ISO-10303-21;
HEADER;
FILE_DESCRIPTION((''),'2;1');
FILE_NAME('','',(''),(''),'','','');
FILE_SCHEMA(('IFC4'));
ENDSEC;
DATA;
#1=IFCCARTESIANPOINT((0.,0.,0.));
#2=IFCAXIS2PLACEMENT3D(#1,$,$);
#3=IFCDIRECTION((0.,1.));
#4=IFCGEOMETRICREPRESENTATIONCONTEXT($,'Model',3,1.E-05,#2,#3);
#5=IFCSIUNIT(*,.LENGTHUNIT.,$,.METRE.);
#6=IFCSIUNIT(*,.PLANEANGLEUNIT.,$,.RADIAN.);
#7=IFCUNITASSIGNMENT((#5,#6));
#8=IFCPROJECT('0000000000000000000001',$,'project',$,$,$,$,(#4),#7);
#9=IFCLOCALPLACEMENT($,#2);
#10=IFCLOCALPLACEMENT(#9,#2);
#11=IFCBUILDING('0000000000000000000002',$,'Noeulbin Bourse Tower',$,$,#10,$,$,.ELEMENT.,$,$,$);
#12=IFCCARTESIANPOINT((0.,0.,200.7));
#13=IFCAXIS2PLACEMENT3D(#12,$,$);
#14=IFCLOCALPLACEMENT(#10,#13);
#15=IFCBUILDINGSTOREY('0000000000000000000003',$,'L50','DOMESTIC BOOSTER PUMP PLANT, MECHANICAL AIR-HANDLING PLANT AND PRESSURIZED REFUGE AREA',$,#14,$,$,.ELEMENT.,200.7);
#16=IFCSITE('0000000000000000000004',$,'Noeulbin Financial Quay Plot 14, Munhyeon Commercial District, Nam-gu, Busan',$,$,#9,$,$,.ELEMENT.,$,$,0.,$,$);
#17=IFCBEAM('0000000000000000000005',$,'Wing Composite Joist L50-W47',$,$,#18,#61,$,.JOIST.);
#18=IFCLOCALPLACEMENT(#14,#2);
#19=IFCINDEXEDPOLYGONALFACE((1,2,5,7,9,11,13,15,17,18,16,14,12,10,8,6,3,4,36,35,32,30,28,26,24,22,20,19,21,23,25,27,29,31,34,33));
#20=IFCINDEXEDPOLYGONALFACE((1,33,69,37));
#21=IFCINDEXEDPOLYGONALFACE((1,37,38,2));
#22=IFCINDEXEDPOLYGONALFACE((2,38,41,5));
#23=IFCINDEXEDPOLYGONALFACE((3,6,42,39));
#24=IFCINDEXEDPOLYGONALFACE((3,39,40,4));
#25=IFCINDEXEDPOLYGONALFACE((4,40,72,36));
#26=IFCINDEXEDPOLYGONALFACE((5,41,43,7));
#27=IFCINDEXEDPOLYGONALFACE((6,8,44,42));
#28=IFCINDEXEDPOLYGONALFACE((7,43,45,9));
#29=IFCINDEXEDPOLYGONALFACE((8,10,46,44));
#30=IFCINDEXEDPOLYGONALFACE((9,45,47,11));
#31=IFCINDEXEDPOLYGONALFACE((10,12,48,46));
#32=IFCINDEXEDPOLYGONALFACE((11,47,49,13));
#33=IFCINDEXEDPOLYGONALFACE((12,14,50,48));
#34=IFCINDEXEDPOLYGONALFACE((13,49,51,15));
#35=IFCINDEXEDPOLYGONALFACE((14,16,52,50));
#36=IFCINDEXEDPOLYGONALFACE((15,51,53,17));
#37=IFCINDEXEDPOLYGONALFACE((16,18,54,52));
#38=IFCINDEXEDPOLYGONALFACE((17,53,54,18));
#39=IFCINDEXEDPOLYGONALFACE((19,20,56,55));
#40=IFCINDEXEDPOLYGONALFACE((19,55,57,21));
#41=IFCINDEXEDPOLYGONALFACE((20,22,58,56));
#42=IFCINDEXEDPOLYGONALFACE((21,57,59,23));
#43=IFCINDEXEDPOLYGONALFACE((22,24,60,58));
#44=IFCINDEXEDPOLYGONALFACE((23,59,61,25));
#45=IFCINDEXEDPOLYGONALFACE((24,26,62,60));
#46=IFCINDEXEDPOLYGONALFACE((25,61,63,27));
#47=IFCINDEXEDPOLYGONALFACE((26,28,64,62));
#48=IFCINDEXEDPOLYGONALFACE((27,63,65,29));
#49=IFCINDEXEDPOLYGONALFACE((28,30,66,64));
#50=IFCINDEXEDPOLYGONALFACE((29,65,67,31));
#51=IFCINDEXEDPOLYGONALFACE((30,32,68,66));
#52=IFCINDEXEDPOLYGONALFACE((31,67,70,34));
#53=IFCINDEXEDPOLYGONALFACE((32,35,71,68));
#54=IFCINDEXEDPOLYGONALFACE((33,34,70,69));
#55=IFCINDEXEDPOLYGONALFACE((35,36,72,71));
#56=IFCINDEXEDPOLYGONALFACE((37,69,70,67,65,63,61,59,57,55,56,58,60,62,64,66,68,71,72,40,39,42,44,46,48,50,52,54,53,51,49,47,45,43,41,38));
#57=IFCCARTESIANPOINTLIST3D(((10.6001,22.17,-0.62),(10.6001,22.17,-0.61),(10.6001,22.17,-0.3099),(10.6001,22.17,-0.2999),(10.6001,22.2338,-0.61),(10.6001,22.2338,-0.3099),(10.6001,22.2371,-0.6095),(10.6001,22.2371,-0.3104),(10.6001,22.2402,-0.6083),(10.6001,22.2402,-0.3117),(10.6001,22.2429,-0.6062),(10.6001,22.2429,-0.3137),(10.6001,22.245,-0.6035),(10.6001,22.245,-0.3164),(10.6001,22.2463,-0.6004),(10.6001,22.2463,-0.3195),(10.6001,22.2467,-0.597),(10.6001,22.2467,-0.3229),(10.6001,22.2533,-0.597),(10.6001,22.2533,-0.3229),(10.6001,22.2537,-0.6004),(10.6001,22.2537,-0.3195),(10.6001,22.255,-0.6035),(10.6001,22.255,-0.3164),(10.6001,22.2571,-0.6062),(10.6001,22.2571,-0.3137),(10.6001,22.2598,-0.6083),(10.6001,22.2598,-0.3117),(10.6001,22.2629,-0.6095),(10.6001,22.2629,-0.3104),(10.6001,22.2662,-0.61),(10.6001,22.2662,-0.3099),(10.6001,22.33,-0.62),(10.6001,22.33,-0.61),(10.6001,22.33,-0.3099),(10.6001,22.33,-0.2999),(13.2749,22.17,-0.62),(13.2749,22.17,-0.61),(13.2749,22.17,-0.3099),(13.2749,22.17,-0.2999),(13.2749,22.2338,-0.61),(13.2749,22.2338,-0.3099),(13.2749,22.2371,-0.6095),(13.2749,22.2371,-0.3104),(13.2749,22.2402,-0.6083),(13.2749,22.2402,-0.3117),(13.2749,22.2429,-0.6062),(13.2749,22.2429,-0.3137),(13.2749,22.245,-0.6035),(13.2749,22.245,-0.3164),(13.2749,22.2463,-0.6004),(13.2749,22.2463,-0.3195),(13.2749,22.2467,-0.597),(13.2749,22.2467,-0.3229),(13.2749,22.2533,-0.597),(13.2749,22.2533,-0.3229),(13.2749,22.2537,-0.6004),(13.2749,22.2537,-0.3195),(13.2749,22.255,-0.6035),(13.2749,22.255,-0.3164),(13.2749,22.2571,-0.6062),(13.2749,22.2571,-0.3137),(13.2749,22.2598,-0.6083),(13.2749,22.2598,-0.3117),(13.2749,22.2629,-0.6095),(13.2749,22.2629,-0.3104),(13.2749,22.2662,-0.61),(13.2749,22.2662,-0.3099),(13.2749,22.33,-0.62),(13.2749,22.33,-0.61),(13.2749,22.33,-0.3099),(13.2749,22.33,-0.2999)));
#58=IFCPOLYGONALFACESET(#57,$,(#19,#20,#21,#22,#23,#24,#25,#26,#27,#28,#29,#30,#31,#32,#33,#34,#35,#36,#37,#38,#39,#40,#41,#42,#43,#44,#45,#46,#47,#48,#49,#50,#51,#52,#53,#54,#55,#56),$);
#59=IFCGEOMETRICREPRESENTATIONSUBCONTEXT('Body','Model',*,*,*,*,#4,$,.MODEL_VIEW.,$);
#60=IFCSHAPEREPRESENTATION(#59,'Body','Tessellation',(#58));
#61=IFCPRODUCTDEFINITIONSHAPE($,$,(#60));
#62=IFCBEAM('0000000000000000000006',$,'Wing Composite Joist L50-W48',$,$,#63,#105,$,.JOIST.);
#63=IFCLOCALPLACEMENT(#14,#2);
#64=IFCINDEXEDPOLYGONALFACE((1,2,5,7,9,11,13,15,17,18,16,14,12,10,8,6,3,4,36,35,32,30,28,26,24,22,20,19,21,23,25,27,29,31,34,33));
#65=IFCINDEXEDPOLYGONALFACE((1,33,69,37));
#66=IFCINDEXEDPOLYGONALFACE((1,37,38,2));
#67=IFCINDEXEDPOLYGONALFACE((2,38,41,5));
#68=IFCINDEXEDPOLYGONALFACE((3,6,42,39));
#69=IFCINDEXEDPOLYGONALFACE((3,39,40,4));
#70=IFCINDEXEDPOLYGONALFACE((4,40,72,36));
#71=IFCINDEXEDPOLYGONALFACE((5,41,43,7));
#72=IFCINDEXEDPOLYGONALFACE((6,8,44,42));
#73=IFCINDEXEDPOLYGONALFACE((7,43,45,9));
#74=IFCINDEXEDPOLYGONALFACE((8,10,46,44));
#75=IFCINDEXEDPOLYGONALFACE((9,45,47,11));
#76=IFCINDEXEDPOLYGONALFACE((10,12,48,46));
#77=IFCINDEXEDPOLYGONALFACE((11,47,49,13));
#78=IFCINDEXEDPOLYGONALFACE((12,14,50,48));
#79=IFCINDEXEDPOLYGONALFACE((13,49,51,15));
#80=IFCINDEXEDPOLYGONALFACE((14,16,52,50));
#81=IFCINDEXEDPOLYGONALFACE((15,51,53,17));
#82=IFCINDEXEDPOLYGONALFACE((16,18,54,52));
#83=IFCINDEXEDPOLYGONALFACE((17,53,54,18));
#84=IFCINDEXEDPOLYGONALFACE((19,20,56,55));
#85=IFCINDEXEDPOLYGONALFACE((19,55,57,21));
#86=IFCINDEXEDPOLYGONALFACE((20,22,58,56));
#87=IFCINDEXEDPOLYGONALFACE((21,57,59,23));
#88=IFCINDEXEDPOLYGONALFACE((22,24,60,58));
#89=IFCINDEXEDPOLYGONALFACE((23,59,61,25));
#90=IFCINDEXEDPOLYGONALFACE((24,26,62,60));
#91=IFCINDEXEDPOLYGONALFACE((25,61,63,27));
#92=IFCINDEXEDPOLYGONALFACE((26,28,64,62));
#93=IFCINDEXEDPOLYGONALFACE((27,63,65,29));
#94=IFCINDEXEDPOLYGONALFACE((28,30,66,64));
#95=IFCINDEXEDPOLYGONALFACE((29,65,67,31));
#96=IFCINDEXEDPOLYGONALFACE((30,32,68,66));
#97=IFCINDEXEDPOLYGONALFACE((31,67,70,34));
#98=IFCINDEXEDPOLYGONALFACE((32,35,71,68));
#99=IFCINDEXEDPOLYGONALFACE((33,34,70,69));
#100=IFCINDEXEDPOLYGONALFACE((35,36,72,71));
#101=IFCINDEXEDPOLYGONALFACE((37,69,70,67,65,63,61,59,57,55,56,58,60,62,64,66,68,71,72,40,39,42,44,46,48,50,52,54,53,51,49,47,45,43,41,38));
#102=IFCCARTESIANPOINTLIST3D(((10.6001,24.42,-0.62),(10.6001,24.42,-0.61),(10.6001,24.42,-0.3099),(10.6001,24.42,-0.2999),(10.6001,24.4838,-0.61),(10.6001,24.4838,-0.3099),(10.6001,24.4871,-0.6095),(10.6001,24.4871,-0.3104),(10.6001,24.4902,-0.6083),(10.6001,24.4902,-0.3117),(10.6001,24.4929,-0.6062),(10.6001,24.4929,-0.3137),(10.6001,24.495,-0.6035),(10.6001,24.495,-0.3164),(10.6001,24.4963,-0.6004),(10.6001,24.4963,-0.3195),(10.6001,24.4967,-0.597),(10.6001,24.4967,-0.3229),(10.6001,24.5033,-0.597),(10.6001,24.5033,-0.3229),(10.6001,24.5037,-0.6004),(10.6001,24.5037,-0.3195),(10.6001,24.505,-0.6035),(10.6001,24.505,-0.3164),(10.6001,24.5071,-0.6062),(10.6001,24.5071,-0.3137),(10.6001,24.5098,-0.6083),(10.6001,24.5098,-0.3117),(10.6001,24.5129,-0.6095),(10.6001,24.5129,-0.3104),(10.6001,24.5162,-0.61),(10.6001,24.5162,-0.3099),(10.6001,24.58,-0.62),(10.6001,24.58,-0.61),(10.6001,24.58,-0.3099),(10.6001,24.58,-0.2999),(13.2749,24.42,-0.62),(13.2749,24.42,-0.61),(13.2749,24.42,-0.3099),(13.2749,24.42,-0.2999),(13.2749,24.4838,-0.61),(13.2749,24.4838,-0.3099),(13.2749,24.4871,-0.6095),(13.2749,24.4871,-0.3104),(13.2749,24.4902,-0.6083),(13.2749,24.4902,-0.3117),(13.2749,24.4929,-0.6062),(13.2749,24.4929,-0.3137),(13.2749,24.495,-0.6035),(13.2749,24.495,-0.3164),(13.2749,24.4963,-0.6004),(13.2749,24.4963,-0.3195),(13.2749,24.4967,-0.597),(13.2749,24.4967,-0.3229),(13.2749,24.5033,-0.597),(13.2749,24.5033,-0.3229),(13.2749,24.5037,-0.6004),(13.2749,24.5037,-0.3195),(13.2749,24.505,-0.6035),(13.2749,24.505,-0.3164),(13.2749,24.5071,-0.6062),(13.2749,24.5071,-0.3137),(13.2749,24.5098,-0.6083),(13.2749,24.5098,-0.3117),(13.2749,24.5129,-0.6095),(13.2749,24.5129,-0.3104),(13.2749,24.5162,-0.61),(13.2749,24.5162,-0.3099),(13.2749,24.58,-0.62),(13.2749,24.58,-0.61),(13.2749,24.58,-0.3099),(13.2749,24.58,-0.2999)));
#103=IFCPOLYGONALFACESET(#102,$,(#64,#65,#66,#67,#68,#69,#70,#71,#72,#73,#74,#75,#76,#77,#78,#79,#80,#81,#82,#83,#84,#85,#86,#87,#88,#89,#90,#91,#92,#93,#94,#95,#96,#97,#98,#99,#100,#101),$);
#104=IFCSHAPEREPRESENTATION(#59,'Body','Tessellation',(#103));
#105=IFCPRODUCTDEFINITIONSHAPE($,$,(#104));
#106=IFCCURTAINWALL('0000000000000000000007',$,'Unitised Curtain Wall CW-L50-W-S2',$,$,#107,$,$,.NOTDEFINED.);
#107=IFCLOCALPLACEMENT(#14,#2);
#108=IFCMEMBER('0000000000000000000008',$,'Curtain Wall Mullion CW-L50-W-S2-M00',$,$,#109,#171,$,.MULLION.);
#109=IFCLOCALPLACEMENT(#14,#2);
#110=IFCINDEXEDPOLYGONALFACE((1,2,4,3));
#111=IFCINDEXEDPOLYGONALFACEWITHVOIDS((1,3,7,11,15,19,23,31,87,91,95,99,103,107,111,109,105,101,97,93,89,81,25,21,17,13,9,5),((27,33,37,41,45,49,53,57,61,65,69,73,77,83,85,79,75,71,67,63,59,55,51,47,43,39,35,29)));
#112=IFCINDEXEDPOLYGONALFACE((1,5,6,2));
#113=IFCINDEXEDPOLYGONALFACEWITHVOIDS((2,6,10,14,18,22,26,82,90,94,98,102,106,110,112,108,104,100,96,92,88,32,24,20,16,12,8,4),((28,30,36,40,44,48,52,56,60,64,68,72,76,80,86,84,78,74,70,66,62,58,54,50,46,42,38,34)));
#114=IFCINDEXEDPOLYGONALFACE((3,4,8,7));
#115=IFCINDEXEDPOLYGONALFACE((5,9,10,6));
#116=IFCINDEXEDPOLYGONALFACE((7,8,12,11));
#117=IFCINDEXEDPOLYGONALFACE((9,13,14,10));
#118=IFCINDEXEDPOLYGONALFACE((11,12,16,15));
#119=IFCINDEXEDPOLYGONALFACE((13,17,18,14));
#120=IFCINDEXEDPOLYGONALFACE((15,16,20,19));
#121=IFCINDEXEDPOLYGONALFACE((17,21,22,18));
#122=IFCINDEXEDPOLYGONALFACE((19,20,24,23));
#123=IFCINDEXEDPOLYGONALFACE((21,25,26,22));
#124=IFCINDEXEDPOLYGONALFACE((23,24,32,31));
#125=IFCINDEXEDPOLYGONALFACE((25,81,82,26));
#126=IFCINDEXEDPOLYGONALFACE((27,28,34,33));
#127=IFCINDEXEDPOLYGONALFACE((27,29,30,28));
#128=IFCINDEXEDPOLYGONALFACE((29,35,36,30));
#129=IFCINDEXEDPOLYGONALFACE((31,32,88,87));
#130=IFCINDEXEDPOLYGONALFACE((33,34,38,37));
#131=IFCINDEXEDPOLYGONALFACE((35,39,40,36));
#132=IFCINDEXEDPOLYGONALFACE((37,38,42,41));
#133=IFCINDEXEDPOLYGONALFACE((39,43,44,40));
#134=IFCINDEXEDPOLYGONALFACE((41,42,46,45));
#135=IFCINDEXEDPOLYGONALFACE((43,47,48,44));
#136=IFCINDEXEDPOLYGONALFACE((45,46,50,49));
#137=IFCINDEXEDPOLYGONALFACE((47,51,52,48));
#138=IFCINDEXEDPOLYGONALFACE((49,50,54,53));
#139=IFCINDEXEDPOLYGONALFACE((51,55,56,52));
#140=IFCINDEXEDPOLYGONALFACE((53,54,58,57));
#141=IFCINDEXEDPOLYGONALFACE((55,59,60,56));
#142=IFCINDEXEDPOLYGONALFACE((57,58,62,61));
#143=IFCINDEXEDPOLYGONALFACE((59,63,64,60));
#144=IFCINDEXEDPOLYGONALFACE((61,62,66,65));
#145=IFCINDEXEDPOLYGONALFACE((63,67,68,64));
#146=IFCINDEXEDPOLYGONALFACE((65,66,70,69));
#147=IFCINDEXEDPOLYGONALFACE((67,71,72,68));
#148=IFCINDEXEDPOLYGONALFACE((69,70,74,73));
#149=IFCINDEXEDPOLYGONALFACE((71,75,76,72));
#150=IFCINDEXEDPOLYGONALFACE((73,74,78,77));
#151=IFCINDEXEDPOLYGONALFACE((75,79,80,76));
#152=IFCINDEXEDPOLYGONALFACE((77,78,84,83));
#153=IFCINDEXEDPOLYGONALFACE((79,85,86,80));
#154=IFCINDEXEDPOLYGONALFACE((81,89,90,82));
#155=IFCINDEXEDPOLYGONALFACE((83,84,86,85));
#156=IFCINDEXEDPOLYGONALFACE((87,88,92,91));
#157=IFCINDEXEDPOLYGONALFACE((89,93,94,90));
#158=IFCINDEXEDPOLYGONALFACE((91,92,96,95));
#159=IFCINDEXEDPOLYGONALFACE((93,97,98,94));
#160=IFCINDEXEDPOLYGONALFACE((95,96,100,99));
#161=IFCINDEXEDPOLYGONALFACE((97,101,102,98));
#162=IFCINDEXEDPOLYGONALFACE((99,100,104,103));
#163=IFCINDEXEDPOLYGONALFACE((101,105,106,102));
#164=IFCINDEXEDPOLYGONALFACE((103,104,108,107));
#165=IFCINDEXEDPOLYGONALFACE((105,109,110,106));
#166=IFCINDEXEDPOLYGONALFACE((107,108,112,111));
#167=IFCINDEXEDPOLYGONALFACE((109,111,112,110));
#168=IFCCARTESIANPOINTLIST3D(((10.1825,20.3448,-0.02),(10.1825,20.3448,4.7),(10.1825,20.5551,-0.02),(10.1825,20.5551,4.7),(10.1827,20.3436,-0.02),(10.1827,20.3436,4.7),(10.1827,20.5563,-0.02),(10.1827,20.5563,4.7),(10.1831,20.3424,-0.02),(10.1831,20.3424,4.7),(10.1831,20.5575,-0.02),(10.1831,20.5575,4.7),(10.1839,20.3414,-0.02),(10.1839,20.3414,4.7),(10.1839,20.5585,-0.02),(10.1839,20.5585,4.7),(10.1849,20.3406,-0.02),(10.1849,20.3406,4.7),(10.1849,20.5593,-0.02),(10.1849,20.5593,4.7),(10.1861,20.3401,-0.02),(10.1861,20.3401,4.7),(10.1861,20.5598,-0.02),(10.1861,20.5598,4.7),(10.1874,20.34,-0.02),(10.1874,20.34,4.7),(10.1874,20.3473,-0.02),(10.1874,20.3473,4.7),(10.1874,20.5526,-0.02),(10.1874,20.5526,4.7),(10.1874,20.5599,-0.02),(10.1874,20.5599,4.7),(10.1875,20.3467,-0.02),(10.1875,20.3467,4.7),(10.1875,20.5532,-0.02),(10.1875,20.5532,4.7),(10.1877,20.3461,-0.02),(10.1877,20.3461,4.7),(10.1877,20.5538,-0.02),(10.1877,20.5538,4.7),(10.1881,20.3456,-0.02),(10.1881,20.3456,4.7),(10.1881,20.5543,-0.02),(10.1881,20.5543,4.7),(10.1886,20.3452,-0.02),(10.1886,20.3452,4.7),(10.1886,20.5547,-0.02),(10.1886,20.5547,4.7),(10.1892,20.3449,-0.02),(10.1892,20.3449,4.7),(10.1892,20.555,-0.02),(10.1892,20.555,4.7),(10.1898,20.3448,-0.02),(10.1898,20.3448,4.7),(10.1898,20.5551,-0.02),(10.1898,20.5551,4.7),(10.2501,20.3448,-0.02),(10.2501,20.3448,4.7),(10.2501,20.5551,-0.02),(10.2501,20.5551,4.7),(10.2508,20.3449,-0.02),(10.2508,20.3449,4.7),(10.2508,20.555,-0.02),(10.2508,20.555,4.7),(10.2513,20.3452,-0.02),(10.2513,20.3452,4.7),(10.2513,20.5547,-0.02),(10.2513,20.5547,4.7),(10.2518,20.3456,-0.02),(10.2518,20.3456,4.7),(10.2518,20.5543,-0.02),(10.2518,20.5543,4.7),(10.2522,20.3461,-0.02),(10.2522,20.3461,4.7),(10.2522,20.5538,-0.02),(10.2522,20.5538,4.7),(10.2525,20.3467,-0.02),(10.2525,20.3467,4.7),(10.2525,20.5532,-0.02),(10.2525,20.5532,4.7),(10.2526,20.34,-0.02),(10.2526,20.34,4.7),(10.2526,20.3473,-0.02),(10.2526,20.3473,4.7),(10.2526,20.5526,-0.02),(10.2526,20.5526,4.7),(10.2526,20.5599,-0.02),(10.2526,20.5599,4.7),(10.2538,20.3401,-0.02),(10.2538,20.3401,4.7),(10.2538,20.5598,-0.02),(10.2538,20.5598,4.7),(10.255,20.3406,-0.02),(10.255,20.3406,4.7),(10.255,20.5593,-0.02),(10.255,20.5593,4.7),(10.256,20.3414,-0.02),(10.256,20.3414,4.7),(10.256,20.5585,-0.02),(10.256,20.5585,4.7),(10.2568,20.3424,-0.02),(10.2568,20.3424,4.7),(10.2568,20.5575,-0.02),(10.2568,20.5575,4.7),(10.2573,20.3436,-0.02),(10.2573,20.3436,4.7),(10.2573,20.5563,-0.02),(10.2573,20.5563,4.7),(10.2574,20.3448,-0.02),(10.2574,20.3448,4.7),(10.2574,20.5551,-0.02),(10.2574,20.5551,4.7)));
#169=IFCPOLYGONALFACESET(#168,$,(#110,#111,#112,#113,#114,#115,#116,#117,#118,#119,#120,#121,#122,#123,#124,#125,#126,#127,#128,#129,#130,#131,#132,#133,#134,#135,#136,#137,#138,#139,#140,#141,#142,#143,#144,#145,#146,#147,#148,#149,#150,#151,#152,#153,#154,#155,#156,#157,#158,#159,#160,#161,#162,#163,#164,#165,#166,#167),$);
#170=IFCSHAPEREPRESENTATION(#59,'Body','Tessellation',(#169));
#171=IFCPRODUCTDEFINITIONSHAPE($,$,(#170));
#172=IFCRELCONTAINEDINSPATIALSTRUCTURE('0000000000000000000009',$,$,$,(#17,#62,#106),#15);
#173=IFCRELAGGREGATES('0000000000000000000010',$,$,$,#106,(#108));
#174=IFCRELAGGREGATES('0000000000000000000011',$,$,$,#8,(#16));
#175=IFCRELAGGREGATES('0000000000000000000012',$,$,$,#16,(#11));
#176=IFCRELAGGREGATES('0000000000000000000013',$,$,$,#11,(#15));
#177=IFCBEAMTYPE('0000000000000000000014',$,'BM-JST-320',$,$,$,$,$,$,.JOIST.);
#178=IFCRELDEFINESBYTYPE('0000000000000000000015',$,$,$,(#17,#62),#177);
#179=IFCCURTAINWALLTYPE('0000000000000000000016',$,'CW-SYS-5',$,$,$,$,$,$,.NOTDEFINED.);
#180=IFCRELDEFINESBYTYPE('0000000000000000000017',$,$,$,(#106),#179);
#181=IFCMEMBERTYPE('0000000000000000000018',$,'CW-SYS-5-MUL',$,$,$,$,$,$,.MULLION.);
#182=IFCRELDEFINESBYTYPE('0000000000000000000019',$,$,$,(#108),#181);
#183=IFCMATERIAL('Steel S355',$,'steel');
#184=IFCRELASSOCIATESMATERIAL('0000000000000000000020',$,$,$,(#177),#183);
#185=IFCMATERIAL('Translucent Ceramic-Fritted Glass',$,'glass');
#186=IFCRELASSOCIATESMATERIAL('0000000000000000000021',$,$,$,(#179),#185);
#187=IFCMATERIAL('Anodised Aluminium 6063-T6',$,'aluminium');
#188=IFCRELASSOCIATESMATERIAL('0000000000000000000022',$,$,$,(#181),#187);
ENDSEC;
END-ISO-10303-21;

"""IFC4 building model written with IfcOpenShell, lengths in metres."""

from ifc_helpers import new_model, si_unit, direction, frame, origin, origin_2d, place, context, subcontext, project, spatial, hollow_rectangle, i_section, extrude, material, material_profile, profile_set, type_object, element, aggregate, save


model = new_model("IFC4")

# Units and contexts
model_context = context("Model", 3, precision=1e-05, world=origin(), true_north=direction((0.0, 1.0)))
body_context = subcontext(model_context, "Body", "Model", "MODEL_VIEW")
ifc_project = project(units=[si_unit("LENGTHUNIT", "METRE"), si_unit("PLANEANGLEUNIT", "RADIAN")], contexts=[model_context])

# Site, building, storey
site_placement = place(None, origin())
site = spatial("IfcSite", under=ifc_project, at=site_placement, Name="Noeulbin Financial Quay Plot 14, Munhyeon Commercial District, Nam-gu, Busan", CompositionType="ELEMENT", RefElevation=0.0)
building_placement = place(site_placement, origin())
building = spatial("IfcBuilding", under=site, at=building_placement, Name="Noeulbin Bourse Tower", CompositionType="ELEMENT")
storey_placement = place(building_placement, frame((0.0, 0.0, 200.7)))
storey = spatial("IfcBuildingStorey", under=building, at=storey_placement, Name="L50", Description="DOMESTIC BOOSTER PUMP PLANT, MECHANICAL AIR-HANDLING PLANT AND PRESSURIZED REFUGE AREA", CompositionType="ELEMENT", Elevation=200.7)

# Beams
ifc_material_1 = material(Name="Steel S355", Category="steel")
ifc_material_profile_1 = material_profile(ifc_material_1, i_section(OverallWidth=0.1599, OverallDepth=0.3201, WebThickness=0.0066, FlangeThickness=0.01, FilletRadius=0.0129, at=origin_2d()), Name="H-320x160x6.5x10", Category="LoadBearing")
ifc_profile_set_1 = profile_set([ifc_material_profile_1], Name="Steel S355")
beam_type = type_object("IfcBeamType", Name="BM-JST-320", PredefinedType="JOIST", material=ifc_profile_set_1)
for number, where, z_axis, x_axis, name in (
    (1, (10.6001, 22.25, -0.46), (1.0, 0.0, 0.0), (0.0, 1.0, 0.0), "Wing Composite Joist L50-W47"),
    (2, (10.6001, 24.5, -0.46), (1.0, 0.0, 0.0), (0.0, 1.0, 0.0), "Wing Composite Joist L50-W48"),
):
    element("IfcBeam", number, at=place(storey_placement, frame(where, z_axis=z_axis, x_axis=x_axis)), inside=storey, type_object=beam_type, Name=name, PredefinedType="JOIST", context=body_context, shape_type="SweptSolid", body=[
        extrude(i_section(OverallWidth=0.1599, OverallDepth=0.3201, WebThickness=0.0066, FlangeThickness=0.01, FilletRadius=0.0129, at=origin_2d()), origin(), (0.0, 0.0, 1.0), 2.6748),
    ])

# Curtain wall, member
ifc_material_2 = material(Name="Translucent Ceramic-Fritted Glass", Category="glass")
curtain_wall_type = type_object("IfcCurtainWallType", Name="CW-SYS-5", PredefinedType="NOTDEFINED", material=ifc_material_2)
curtain_wall_placement = place(storey_placement, origin())
curtain_wall = element("IfcCurtainWall", 3, at=curtain_wall_placement, inside=storey, type_object=curtain_wall_type, Name="Unitised Curtain Wall CW-L50-W-S2", PredefinedType="NOTDEFINED")
ifc_material_3 = material(Name="Anodised Aluminium 6063-T6", Category="aluminium")
ifc_material_profile_2 = material_profile(ifc_material_3, hollow_rectangle(XDim=0.075, YDim=0.22, WallThickness=0.0049, InnerFilletRadius=0.0024, OuterFilletRadius=0.0049, at=origin_2d()), Name="ALU-MULL-75x220x5", Category="LoadBearing")
ifc_profile_set_2 = profile_set([ifc_material_profile_2], Name="Anodised Aluminium 6063-T6")
member_type_1 = type_object("IfcMemberType", Name="CW-SYS-5-MUL", PredefinedType="MULLION", material=ifc_profile_set_2)
member_1_placement = place(storey_placement, frame((10.22, 20.45, -0.02), z_axis=(0.0, 0.0, 1.0), x_axis=(1.0, 0.0, 0.0)))
member_1 = element("IfcMember", 4, at=member_1_placement, type_object=member_type_1, Name="Curtain Wall Mullion CW-L50-W-S2-M00", PredefinedType="MULLION", context=body_context, shape_type="SweptSolid", body=[
    extrude(hollow_rectangle(XDim=0.075, YDim=0.22, WallThickness=0.0049, InnerFilletRadius=0.0024, OuterFilletRadius=0.0049, at=origin_2d()), origin(), (0.0, 0.0, 1.0), 4.72),
])
aggregate(curtain_wall, [member_1])

save(model, "model.ifc")
